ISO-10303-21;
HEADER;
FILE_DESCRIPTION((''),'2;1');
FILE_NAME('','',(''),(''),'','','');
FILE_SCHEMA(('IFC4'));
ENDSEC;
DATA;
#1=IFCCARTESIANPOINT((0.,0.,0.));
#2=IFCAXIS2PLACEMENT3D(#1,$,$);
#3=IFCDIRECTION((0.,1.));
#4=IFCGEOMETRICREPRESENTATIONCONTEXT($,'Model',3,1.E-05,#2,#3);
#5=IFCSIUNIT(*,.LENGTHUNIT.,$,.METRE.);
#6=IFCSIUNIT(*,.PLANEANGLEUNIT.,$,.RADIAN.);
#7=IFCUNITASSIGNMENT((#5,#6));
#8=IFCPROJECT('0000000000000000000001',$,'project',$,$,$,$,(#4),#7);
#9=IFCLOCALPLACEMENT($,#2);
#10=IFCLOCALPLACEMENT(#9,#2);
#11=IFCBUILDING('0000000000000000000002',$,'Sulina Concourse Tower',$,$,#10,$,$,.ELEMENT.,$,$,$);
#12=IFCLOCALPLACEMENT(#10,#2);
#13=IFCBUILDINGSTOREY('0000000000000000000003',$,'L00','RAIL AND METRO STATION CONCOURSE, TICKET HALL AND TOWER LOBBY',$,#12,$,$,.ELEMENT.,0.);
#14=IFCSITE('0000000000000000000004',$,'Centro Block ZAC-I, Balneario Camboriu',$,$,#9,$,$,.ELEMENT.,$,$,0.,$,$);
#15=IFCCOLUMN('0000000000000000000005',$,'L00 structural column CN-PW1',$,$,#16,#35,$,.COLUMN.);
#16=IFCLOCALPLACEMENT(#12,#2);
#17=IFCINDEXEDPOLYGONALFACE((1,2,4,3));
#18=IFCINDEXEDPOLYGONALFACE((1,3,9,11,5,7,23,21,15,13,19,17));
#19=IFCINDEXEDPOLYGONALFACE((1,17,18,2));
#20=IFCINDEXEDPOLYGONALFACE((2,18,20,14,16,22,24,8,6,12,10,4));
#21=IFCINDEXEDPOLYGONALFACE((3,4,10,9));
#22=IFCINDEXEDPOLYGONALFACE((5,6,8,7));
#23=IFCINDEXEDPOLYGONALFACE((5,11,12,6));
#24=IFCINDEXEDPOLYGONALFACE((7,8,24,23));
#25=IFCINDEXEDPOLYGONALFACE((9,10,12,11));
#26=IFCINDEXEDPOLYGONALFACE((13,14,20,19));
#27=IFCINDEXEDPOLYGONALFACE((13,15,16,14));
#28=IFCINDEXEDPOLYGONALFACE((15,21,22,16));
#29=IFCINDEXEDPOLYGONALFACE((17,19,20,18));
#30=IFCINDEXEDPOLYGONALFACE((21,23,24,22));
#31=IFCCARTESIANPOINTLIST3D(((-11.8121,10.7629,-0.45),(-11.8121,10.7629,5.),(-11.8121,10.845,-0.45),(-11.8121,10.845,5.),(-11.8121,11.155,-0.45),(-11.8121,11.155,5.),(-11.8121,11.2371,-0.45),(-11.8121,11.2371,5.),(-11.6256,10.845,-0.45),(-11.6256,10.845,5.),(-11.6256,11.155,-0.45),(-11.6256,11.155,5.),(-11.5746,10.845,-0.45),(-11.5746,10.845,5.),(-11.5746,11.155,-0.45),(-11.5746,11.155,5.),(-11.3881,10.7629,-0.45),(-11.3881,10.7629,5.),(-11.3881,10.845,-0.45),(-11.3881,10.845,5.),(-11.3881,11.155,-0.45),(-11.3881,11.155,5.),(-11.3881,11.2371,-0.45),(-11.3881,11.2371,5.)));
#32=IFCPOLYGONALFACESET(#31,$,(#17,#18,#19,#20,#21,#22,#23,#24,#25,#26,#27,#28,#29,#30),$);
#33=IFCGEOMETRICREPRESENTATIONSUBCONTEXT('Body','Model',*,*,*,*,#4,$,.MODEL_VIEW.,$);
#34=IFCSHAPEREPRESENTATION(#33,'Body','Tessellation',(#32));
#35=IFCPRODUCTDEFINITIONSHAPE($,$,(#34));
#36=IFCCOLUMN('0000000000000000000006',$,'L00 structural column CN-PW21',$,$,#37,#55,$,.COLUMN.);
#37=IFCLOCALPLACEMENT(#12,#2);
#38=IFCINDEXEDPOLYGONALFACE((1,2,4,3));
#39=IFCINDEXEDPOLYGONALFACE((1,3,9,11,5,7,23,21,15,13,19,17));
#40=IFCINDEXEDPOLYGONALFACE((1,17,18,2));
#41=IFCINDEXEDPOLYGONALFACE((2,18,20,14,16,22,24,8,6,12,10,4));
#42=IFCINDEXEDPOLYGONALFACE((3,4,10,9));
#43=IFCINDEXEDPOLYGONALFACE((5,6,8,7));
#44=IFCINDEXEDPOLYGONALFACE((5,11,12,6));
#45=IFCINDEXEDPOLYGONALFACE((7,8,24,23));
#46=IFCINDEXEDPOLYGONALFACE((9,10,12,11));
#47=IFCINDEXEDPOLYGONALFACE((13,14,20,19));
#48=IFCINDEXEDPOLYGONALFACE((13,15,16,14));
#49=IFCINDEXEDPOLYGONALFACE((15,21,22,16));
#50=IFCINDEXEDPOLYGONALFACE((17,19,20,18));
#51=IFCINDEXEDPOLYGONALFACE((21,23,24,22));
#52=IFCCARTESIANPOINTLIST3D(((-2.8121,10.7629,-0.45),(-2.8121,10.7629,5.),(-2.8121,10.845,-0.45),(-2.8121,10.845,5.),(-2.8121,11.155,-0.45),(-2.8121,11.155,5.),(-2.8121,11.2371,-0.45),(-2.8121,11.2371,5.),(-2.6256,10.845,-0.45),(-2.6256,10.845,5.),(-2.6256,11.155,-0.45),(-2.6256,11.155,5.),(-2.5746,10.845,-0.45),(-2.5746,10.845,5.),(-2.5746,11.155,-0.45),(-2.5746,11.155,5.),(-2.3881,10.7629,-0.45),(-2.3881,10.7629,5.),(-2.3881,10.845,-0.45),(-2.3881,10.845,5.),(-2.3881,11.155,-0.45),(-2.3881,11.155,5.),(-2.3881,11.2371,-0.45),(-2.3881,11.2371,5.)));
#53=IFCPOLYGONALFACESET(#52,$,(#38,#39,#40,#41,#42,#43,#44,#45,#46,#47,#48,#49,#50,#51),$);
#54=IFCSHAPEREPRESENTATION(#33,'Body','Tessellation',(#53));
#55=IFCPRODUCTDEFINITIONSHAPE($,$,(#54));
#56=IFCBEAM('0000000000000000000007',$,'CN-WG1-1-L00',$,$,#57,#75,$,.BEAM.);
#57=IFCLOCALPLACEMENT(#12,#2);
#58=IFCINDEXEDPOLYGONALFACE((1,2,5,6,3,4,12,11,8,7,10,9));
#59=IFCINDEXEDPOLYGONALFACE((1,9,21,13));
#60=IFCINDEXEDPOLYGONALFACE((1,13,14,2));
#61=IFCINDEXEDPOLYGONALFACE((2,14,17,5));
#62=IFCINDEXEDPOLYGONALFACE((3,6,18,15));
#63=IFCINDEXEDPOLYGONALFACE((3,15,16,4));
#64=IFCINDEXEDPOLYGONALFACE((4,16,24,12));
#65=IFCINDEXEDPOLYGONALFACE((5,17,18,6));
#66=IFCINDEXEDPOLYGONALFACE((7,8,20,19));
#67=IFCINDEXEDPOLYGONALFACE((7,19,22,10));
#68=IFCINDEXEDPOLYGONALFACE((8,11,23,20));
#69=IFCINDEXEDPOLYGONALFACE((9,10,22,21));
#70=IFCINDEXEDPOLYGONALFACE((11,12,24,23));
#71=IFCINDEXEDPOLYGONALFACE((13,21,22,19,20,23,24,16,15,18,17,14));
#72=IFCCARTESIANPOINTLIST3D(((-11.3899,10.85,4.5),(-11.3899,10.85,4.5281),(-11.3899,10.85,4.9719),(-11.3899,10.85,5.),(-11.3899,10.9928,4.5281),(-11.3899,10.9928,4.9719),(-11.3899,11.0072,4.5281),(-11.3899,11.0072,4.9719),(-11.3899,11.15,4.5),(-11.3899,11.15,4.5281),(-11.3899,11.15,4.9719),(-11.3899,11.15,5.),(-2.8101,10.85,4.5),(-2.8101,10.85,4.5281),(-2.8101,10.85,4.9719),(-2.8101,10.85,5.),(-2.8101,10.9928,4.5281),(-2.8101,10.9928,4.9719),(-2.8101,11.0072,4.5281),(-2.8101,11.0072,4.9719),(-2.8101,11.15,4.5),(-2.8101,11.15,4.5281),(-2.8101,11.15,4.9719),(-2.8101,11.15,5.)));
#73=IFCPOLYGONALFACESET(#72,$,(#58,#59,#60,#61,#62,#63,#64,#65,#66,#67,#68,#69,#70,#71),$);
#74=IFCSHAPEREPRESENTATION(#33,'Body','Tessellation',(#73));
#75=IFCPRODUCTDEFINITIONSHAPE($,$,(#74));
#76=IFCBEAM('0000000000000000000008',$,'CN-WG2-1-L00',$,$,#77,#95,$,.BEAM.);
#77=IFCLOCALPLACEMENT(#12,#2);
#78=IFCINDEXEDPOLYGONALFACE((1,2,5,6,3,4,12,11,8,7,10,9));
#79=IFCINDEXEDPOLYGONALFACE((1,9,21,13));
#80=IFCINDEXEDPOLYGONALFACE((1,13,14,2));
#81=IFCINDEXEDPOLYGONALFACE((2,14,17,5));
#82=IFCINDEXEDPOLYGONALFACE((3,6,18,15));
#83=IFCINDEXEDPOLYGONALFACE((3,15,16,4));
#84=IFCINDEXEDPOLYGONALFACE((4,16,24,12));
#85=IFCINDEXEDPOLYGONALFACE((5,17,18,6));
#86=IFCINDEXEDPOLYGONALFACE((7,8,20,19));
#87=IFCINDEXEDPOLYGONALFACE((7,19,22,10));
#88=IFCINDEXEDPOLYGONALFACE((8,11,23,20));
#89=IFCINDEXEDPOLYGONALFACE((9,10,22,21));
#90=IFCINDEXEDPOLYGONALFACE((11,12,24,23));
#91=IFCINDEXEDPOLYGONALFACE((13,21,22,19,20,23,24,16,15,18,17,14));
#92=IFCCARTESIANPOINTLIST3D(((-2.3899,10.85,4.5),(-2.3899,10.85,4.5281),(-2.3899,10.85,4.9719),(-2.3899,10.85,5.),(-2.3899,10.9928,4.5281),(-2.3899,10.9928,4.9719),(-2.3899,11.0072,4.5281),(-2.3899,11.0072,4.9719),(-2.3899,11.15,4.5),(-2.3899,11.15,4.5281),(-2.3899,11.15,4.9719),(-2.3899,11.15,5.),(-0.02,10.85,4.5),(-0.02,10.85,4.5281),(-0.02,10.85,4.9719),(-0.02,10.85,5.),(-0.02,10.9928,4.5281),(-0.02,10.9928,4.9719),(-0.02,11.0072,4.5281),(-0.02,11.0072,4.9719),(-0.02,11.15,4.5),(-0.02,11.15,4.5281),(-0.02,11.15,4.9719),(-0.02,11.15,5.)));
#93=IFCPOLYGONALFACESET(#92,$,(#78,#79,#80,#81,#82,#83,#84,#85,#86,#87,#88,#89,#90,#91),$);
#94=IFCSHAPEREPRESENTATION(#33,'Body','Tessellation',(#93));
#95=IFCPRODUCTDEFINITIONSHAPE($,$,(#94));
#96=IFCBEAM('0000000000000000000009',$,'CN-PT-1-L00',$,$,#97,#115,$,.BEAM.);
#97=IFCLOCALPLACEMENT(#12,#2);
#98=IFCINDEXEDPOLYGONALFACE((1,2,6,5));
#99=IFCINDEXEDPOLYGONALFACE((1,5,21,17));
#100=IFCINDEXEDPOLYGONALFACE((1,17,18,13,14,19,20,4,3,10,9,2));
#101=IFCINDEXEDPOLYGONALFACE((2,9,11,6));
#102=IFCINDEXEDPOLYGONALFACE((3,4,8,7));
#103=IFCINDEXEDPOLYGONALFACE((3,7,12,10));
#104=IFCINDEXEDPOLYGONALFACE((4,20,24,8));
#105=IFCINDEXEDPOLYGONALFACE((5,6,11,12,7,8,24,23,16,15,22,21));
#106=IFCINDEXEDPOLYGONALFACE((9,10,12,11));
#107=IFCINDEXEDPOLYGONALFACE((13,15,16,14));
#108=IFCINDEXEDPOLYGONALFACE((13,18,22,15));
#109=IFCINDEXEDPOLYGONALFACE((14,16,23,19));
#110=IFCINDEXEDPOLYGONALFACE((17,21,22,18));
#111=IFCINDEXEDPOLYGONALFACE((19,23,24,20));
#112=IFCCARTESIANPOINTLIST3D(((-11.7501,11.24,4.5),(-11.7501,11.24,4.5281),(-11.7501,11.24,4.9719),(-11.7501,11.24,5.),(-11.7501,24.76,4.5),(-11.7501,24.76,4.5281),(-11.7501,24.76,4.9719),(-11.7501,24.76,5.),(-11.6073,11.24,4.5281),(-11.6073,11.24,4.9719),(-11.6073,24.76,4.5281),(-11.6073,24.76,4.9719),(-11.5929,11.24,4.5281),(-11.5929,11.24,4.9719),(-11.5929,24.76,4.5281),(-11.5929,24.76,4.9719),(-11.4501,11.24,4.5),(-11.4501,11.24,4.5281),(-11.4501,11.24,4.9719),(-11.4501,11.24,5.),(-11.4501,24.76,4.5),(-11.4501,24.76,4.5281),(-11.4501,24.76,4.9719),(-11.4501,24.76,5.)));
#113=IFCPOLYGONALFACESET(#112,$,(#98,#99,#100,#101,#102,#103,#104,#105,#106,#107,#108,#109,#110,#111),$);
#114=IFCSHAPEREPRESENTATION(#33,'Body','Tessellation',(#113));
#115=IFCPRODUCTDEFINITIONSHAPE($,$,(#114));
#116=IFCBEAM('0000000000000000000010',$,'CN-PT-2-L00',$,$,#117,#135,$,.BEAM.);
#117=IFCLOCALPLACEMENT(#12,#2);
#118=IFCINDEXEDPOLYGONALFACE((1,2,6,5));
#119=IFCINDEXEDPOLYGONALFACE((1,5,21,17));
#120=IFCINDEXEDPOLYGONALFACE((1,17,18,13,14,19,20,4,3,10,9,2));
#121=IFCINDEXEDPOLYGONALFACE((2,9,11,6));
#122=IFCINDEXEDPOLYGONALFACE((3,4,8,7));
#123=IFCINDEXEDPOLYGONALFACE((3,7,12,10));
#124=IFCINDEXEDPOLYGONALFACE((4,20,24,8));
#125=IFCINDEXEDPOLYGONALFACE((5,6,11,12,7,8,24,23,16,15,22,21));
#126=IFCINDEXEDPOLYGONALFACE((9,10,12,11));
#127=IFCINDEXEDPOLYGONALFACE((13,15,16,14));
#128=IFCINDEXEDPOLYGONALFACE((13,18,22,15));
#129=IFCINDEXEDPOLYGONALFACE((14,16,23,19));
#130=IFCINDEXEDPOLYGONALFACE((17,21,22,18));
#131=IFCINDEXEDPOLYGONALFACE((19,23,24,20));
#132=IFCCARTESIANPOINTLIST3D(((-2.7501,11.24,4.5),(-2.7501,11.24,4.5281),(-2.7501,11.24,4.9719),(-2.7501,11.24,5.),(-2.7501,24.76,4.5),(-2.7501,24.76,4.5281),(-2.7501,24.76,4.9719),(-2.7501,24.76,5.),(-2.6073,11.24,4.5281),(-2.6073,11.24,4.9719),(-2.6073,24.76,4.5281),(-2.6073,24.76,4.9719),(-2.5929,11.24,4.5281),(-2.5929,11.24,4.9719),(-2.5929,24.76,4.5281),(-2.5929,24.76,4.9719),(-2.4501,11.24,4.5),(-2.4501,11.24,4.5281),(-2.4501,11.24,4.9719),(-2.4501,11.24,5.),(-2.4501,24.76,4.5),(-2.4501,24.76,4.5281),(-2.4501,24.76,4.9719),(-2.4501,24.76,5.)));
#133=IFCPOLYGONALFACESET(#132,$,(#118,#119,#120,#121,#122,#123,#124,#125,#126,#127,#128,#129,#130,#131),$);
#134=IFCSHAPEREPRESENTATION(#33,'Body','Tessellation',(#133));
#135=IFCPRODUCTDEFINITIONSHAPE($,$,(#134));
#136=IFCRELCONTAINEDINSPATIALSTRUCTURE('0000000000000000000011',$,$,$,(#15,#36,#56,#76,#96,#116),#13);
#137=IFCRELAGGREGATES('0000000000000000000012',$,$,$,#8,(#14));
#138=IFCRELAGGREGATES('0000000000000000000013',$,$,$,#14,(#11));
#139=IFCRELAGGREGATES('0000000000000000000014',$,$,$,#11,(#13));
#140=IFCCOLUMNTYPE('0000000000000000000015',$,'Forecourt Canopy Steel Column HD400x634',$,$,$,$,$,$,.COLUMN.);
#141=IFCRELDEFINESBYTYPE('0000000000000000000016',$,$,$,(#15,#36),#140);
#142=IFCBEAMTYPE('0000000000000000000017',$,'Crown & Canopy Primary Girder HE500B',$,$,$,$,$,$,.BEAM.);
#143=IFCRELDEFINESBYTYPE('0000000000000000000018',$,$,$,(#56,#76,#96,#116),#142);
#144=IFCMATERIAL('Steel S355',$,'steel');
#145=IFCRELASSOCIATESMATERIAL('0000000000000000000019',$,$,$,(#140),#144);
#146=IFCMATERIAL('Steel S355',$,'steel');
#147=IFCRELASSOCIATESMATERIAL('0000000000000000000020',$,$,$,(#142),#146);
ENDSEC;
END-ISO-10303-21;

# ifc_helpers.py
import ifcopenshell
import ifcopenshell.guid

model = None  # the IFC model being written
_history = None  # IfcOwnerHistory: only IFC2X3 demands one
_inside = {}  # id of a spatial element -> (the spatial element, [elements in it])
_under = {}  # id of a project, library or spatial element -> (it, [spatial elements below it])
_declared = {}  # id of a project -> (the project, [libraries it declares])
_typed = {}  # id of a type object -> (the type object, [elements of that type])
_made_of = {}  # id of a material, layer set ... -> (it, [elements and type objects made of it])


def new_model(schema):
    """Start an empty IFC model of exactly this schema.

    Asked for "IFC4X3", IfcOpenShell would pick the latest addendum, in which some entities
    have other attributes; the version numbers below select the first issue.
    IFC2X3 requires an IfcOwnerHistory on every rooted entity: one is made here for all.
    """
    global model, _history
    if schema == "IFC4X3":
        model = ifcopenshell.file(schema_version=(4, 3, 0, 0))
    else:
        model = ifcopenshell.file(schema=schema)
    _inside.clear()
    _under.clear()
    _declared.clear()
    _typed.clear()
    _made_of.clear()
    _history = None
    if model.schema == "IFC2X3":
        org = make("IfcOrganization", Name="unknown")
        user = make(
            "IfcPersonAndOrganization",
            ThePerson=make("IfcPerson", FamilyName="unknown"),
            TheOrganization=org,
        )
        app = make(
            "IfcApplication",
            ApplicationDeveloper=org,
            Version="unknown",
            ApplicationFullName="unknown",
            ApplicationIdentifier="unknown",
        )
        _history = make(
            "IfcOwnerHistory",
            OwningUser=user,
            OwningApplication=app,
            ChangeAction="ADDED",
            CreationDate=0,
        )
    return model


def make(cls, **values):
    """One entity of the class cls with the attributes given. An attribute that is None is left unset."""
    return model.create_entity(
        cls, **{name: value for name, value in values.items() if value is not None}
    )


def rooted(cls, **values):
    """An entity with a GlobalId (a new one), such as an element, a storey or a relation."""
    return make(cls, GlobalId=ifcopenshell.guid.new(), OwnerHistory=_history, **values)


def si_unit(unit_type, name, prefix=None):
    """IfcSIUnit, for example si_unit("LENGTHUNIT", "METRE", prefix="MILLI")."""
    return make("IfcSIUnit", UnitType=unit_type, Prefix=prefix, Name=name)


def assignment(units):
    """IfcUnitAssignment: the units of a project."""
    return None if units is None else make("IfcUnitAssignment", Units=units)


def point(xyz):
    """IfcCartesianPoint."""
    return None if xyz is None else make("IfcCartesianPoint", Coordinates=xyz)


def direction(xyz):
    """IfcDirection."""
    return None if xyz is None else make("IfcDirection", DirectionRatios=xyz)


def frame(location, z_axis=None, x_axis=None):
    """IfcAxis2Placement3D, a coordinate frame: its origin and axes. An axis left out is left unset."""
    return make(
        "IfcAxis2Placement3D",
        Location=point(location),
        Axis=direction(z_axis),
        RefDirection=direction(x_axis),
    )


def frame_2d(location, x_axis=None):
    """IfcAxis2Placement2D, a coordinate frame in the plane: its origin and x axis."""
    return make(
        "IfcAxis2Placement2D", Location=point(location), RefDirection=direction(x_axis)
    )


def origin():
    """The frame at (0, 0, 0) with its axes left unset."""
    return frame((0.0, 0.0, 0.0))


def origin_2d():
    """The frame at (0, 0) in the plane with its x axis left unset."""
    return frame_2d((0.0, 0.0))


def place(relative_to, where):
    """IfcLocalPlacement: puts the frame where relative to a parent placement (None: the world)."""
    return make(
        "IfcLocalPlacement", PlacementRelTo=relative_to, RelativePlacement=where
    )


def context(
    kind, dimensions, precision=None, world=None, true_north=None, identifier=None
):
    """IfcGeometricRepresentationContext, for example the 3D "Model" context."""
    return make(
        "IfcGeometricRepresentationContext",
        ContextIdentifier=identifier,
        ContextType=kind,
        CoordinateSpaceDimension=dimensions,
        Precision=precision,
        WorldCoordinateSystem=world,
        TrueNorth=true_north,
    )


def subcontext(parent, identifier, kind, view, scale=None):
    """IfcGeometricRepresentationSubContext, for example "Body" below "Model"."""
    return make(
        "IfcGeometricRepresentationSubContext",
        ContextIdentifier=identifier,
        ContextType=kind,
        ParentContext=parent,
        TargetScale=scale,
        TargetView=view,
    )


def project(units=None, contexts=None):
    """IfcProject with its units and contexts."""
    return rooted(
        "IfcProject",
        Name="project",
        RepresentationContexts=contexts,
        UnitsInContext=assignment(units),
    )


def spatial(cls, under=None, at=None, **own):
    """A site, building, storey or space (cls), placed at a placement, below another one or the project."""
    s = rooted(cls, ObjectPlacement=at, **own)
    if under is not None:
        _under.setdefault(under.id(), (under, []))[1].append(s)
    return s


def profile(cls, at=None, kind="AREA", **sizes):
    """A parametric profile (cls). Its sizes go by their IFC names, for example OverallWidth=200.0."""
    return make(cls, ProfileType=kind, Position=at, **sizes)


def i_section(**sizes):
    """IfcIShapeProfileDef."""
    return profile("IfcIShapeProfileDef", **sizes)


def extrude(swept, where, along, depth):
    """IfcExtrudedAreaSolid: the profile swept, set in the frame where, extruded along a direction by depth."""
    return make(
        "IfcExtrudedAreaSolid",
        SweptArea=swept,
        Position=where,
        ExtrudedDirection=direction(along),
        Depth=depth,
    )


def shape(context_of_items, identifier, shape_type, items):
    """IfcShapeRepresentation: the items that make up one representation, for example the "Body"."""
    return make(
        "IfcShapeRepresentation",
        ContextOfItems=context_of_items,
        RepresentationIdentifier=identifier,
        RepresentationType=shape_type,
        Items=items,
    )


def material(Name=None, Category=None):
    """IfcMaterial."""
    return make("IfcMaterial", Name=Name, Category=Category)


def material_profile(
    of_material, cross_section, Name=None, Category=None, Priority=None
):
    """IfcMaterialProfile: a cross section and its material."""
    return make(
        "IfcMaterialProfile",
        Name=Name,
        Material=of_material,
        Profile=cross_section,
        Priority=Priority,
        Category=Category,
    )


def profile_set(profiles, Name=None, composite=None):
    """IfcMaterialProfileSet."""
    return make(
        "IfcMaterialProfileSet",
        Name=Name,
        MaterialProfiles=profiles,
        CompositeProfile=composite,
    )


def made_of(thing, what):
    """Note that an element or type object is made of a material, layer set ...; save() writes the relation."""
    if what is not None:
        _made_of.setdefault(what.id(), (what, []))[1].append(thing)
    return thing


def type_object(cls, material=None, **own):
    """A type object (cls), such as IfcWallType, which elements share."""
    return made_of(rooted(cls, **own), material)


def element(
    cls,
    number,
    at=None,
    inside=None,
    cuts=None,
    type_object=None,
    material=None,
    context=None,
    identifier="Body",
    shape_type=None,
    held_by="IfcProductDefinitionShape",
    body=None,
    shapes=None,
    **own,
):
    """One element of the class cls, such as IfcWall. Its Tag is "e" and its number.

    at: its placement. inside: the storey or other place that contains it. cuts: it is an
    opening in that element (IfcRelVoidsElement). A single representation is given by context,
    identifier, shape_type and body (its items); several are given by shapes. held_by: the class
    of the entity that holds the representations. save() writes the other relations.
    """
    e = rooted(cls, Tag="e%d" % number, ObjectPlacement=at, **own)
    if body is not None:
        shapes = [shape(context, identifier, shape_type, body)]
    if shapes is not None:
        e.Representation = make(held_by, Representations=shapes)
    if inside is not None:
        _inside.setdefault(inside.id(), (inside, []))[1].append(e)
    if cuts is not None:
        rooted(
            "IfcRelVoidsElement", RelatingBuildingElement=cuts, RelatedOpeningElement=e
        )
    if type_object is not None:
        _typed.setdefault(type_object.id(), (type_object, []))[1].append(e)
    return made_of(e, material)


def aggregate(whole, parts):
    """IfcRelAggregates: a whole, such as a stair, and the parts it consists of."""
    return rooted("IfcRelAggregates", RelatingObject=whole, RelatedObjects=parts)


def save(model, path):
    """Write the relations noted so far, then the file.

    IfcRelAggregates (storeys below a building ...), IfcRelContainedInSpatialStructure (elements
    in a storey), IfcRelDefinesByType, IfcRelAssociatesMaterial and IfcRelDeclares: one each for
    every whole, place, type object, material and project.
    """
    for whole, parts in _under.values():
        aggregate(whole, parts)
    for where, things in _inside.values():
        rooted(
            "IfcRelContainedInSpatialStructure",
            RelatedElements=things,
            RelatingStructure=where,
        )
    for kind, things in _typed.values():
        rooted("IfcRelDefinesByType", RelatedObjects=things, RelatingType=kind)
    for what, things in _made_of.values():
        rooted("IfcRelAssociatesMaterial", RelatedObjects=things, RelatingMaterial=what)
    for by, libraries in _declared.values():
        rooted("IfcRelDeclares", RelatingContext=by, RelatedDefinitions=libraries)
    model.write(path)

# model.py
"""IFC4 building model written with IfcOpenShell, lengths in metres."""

from ifc_helpers import new_model, si_unit, direction, frame, origin, origin_2d, place, context, subcontext, project, spatial, i_section, extrude, material, material_profile, profile_set, type_object, element, save


model = new_model("IFC4")

# Units and contexts
model_context = context("Model", 3, precision=1e-05, world=origin(), true_north=direction((0.0, 1.0)))
body_context = subcontext(model_context, "Body", "Model", "MODEL_VIEW")
ifc_project = project(units=[si_unit("LENGTHUNIT", "METRE"), si_unit("PLANEANGLEUNIT", "RADIAN")], contexts=[model_context])

# Site, building, storey
site_placement = place(None, origin())
site = spatial("IfcSite", under=ifc_project, at=site_placement, Name="Centro Block ZAC-I, Balneario Camboriu", CompositionType="ELEMENT", RefElevation=0.0)
building_placement = place(site_placement, origin())
building = spatial("IfcBuilding", under=site, at=building_placement, Name="Sulina Concourse Tower", CompositionType="ELEMENT")
storey_placement = place(building_placement, origin())
storey = spatial("IfcBuildingStorey", under=building, at=storey_placement, Name="L00", Description="RAIL AND METRO STATION CONCOURSE, TICKET HALL AND TOWER LOBBY", CompositionType="ELEMENT", Elevation=0.0)

# Columns
ifc_material_1 = material(Name="Steel S355", Category="steel")
ifc_material_profile_1 = material_profile(ifc_material_1, i_section(OverallWidth=0.4241, OverallDepth=0.4741, WebThickness=0.051, FlangeThickness=0.082, at=origin_2d()), Name="HD 400x634")
ifc_profile_set_1 = profile_set([ifc_material_profile_1], Name="Steel S355")
column_type = type_object("IfcColumnType", Name="Forecourt Canopy Steel Column HD400x634", PredefinedType="COLUMN", material=ifc_profile_set_1)
for number, where, z_axis, x_axis, name in (
    (1, (-11.6001, 11.0, -0.45), (0.0, 0.0, 1.0), (1.0, 0.0, 0.0), "L00 structural column CN-PW1"),
    (2, (-2.6001, 11.0, -0.45), (0.0, 0.0, 1.0), (1.0, 0.0, 0.0), "L00 structural column CN-PW21"),
):
    element("IfcColumn", number, at=place(storey_placement, frame(where, z_axis=z_axis, x_axis=x_axis)), inside=storey, type_object=column_type, Name=name, PredefinedType="COLUMN", context=body_context, shape_type="SweptSolid", body=[
        extrude(i_section(OverallWidth=0.4241, OverallDepth=0.4741, WebThickness=0.051, FlangeThickness=0.082, at=origin_2d()), origin(), (0.0, 0.0, 1.0), 5.45),
    ])

# Beams
ifc_material_2 = material(Name="Steel S355", Category="steel")
ifc_material_profile_2 = material_profile(ifc_material_2, i_section(OverallWidth=0.3, OverallDepth=0.5, WebThickness=0.0144, FlangeThickness=0.0281, at=origin_2d()), Name="HE 500 B")
ifc_profile_set_2 = profile_set([ifc_material_profile_2], Name="Steel S355")
beam_type = type_object("IfcBeamType", Name="Crown & Canopy Primary Girder HE500B", PredefinedType="BEAM", material=ifc_profile_set_2)
beam_1_placement = place(storey_placement, frame((-11.3899, 11.0, 4.75), z_axis=(1.0, 0.0, 0.0), x_axis=(0.0, 1.0, 0.0)))
element("IfcBeam", 3, at=beam_1_placement, inside=storey, type_object=beam_type, Name="CN-WG1-1-L00", PredefinedType="BEAM", context=body_context, shape_type="SweptSolid", body=[
    extrude(i_section(OverallWidth=0.3, OverallDepth=0.5, WebThickness=0.0144, FlangeThickness=0.0281, at=origin_2d()), origin(), (0.0, 0.0, 1.0), 8.5798),
])
beam_2_placement = place(storey_placement, frame((-2.3899, 11.0, 4.75), z_axis=(1.0, 0.0, 0.0), x_axis=(0.0, 1.0, 0.0)))
element("IfcBeam", 4, at=beam_2_placement, inside=storey, type_object=beam_type, Name="CN-WG2-1-L00", PredefinedType="BEAM", context=body_context, shape_type="SweptSolid", body=[
    extrude(i_section(OverallWidth=0.3, OverallDepth=0.5, WebThickness=0.0144, FlangeThickness=0.0281, at=origin_2d()), origin(), (0.0, 0.0, 1.0), 2.3699),
])
for number, where, z_axis, x_axis, name in (
    (5, (-11.6001, 11.24, 4.75), (0.0, 1.0, 0.0), (-1.0, 0.0, 0.0), "CN-PT-1-L00"),
    (6, (-2.6001, 11.24, 4.75), (0.0, 1.0, 0.0), (-1.0, 0.0, 0.0), "CN-PT-2-L00"),
):
    element("IfcBeam", number, at=place(storey_placement, frame(where, z_axis=z_axis, x_axis=x_axis)), inside=storey, type_object=beam_type, Name=name, PredefinedType="BEAM", context=body_context, shape_type="SweptSolid", body=[
        extrude(i_section(OverallWidth=0.3, OverallDepth=0.5, WebThickness=0.0144, FlangeThickness=0.0281, at=origin_2d()), origin(), (0.0, 0.0, 1.0), 13.52),
    ])

save(model, "model.ifc")
